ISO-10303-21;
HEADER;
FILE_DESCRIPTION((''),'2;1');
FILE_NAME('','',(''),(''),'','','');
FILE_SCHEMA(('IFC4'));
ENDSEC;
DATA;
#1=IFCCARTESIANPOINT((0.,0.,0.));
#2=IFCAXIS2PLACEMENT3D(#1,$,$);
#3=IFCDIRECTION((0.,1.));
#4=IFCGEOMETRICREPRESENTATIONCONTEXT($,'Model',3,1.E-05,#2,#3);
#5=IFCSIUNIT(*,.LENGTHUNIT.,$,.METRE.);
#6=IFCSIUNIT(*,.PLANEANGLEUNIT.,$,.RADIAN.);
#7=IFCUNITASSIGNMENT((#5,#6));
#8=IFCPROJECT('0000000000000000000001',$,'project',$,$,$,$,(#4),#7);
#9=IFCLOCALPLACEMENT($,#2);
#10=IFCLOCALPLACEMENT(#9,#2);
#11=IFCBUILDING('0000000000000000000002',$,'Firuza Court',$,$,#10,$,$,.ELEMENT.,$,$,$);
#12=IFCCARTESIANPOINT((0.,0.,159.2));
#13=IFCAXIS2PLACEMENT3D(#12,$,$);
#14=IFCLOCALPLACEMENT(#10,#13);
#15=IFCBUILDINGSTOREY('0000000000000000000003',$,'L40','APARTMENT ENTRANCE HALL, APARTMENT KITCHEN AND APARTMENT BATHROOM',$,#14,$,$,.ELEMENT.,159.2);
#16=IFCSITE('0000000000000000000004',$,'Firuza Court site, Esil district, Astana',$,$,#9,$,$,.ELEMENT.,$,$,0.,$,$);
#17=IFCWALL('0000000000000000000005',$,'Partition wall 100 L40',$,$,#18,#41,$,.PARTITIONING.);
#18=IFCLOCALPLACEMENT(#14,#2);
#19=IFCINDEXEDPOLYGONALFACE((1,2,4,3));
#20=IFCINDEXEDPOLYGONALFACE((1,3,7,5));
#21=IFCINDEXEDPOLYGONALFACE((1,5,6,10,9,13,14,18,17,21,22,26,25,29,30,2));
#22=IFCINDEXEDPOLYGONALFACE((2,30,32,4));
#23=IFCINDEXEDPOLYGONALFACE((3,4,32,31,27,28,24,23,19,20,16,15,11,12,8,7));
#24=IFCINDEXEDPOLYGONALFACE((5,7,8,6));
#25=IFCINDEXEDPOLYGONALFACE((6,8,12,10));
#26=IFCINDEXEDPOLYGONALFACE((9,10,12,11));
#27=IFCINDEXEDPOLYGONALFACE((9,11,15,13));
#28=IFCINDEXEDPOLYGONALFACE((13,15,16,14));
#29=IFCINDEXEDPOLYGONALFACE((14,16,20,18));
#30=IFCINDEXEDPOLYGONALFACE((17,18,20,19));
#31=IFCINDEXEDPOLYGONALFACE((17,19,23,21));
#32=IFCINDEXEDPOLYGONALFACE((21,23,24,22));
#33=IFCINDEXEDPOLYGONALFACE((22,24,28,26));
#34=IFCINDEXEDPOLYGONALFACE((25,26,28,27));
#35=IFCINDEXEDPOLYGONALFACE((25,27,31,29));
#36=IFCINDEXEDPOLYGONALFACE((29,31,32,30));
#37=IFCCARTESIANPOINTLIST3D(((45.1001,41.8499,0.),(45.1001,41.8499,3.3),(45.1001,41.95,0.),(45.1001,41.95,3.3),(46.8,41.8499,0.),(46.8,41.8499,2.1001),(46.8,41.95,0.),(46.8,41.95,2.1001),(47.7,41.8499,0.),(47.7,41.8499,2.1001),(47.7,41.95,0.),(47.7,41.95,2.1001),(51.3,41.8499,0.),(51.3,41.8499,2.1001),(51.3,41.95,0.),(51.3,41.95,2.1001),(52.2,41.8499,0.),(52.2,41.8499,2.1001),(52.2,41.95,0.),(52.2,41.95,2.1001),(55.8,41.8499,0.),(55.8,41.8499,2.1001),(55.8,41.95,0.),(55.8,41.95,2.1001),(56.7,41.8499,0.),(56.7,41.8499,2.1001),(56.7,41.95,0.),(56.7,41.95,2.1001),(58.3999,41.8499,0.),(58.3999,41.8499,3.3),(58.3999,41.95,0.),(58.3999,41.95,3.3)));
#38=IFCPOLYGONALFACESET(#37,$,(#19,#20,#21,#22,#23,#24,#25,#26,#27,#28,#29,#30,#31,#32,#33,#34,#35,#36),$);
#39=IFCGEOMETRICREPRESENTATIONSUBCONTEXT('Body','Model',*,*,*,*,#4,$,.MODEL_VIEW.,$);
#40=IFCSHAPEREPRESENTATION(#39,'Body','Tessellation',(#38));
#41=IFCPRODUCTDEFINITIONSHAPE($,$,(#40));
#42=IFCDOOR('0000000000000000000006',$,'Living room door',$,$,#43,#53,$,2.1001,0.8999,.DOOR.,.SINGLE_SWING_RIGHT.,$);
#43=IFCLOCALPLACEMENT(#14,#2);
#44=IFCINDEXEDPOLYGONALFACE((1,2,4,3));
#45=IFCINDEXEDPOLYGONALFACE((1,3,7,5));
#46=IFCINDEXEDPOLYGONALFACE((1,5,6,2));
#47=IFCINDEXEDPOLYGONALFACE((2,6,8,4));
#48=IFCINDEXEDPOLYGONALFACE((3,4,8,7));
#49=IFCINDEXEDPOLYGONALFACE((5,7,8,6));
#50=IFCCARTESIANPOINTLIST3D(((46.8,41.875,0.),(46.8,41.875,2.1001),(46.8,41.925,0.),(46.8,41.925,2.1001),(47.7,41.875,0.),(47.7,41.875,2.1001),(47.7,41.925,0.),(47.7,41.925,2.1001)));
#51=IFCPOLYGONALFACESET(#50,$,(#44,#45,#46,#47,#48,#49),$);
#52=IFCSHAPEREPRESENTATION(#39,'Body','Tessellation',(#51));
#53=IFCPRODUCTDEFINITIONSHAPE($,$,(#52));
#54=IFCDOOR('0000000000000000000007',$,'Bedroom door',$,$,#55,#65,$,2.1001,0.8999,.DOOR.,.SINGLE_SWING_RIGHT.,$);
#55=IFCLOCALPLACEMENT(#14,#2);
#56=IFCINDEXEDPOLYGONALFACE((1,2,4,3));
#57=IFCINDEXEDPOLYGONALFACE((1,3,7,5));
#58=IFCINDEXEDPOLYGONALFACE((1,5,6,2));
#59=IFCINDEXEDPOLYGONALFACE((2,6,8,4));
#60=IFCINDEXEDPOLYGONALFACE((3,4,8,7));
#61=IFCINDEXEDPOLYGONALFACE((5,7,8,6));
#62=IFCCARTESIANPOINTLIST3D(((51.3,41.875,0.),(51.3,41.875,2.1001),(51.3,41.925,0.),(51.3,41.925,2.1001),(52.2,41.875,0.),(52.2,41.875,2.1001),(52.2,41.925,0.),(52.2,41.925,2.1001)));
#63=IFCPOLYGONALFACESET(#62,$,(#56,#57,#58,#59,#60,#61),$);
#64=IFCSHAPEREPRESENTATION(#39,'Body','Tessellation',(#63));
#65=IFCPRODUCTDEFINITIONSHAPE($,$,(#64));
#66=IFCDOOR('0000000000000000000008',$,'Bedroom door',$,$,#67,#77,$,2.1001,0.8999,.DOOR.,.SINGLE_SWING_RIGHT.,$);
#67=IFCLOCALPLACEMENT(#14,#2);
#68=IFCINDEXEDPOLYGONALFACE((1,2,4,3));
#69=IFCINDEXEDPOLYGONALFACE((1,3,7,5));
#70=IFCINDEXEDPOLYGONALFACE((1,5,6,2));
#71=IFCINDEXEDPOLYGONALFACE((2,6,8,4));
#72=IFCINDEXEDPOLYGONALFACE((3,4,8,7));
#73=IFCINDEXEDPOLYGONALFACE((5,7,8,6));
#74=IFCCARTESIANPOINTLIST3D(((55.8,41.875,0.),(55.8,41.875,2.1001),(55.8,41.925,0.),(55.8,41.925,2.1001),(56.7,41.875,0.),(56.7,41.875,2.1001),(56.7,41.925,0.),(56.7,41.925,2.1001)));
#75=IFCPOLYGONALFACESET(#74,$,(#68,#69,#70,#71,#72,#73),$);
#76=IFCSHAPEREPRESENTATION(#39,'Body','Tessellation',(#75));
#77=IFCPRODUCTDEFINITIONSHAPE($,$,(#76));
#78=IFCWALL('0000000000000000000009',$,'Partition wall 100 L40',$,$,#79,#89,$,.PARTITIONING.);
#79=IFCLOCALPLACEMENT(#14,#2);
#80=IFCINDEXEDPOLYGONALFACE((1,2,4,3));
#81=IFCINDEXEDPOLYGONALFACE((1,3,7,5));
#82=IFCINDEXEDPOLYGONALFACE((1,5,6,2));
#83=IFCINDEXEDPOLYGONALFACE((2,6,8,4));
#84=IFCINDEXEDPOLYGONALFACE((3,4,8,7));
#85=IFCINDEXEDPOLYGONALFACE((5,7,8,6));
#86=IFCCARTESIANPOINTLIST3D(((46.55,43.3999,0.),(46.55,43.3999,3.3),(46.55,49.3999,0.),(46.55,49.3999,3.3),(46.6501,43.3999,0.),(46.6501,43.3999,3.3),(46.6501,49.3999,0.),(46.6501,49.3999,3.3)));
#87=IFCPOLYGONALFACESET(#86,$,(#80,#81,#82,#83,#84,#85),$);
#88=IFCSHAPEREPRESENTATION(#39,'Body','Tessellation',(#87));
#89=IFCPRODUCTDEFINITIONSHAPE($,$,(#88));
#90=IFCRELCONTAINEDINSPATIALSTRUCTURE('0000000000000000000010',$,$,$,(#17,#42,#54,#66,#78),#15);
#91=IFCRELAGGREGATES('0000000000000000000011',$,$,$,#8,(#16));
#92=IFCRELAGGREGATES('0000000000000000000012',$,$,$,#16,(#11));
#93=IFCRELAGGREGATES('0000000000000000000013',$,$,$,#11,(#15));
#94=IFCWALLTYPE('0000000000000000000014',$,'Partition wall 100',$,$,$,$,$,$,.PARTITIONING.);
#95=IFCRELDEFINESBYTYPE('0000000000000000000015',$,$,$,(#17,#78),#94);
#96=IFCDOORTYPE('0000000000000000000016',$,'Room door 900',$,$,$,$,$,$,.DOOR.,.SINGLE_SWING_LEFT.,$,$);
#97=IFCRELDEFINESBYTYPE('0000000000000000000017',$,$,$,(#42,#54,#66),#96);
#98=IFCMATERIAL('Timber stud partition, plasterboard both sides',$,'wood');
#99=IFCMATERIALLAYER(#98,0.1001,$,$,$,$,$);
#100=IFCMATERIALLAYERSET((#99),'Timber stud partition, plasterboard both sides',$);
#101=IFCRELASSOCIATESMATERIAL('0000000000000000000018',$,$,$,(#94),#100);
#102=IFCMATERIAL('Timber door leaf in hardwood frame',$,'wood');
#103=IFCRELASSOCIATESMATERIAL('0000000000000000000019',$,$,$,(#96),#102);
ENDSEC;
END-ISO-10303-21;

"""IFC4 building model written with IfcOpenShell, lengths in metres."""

from ifc_helpers import new_model, si_unit, direction, frame, frame_2d, origin, place, context, subcontext, project, spatial, rectangle, extrude, material, layer, layer_set, type_object, element, fill, save


model = new_model("IFC4")

# Units and contexts
model_context = context("Model", 3, precision=1e-05, world=origin(), true_north=direction((0.0, 1.0)))
body_context = subcontext(model_context, "Body", "Model", "MODEL_VIEW")
ifc_project = project(units=[si_unit("LENGTHUNIT", "METRE"), si_unit("PLANEANGLEUNIT", "RADIAN")], contexts=[model_context])

# Site, building, storey
site_placement = place(None, origin())
site = spatial("IfcSite", under=ifc_project, at=site_placement, Name="Firuza Court site, Esil district, Astana", CompositionType="ELEMENT", RefElevation=0.0)
building_placement = place(site_placement, origin())
building = spatial("IfcBuilding", under=site, at=building_placement, Name="Firuza Court", CompositionType="ELEMENT")
storey_placement = place(building_placement, frame((0.0, 0.0, 159.2)))
storey = spatial("IfcBuildingStorey", under=building, at=storey_placement, Name="L40", Description="APARTMENT ENTRANCE HALL, APARTMENT KITCHEN AND APARTMENT BATHROOM", CompositionType="ELEMENT", Elevation=159.2)

# Shared definitions
ifc_material_1 = material(Name="Timber stud partition, plasterboard both sides", Category="wood")
ifc_layer_1 = layer(ifc_material_1, 0.1001)
ifc_layer_set_1 = layer_set([ifc_layer_1], Name="Timber stud partition, plasterboard both sides")
wall_type_1 = type_object("IfcWallType", Name="Partition wall 100", PredefinedType="PARTITIONING", material=ifc_layer_set_1)

# Wall, openings, doors
wall_1_placement = place(storey_placement, frame((45.1001, 41.8999, 0.0), z_axis=(0.0, 0.0, 1.0), x_axis=(1.0, 0.0, 0.0)))
wall_1 = element("IfcWall", 1, at=wall_1_placement, inside=storey, type_object=wall_type_1, Name="Partition wall 100 L40", PredefinedType="PARTITIONING", context=body_context, shape_type="SweptSolid", body=[
    extrude(rectangle(XDim=13.2998, YDim=0.1001, at=frame_2d((6.6499, 0.0))), origin(), (0.0, 0.0, 1.0), 3.3),
])
opening_1_placement = place(wall_1_placement, frame((1.7, 0.0, 0.0)))
opening_1 = element("IfcOpeningElement", 2, at=opening_1_placement, cuts=wall_1, PredefinedType="OPENING", context=body_context, shape_type="SweptSolid", body=[
    extrude(rectangle(XDim=0.8999, YDim=2.1001, at=frame_2d((0.45, 1.05))), frame((0.0, 0.062, 0.0), z_axis=(0.0, -1.0, 0.0), x_axis=(1.0, 0.0, 0.0)), (0.0, 0.0, 1.0), 0.124),
])
opening_2_placement = place(wall_1_placement, frame((6.2, 0.0, 0.0)))
opening_2 = element("IfcOpeningElement", 3, at=opening_2_placement, cuts=wall_1, PredefinedType="OPENING", context=body_context, shape_type="SweptSolid", body=[
    extrude(rectangle(XDim=0.8999, YDim=2.1001, at=frame_2d((0.45, 1.05))), frame((0.0, 0.062, 0.0), z_axis=(0.0, -1.0, 0.0), x_axis=(1.0, 0.0, 0.0)), (0.0, 0.0, 1.0), 0.124),
])
opening_3_placement = place(wall_1_placement, frame((10.7, 0.0, 0.0)))
opening_3 = element("IfcOpeningElement", 4, at=opening_3_placement, cuts=wall_1, PredefinedType="OPENING", context=body_context, shape_type="SweptSolid", body=[
    extrude(rectangle(XDim=0.8999, YDim=2.1001, at=frame_2d((0.45, 1.05))), frame((0.0, 0.062, 0.0), z_axis=(0.0, -1.0, 0.0), x_axis=(1.0, 0.0, 0.0)), (0.0, 0.0, 1.0), 0.124),
])
ifc_material_2 = material(Name="Timber door leaf in hardwood frame", Category="wood")
door_type_1 = type_object("IfcDoorType", Name="Room door 900", OperationType="SINGLE_SWING_LEFT", PredefinedType="DOOR", material=ifc_material_2)
door_1_placement = place(opening_1_placement, frame((0.8999, 0.0, 0.0), z_axis=(0.0, 0.0, 1.0), x_axis=(-1.0, 0.0, 0.0)))
door_1 = element("IfcDoor", 5, at=door_1_placement, inside=storey, type_object=door_type_1, Name="Living room door", OperationType="SINGLE_SWING_RIGHT", OverallHeight=2.1001, OverallWidth=0.8999, PredefinedType="DOOR", context=body_context, shape_type="SweptSolid", body=[
    extrude(rectangle(XDim=0.8999, YDim=2.1001, at=frame_2d((0.45, 1.05))), frame((0.0, 0.0249, 0.0), z_axis=(0.0, -1.0, 0.0), x_axis=(1.0, 0.0, 0.0)), (0.0, 0.0, 1.0), 0.05),
])
fill(opening_1, door_1)
door_2_placement = place(opening_2_placement, frame((0.8999, 0.0, 0.0), z_axis=(0.0, 0.0, 1.0), x_axis=(-1.0, 0.0, 0.0)))
door_2 = element("IfcDoor", 6, at=door_2_placement, inside=storey, type_object=door_type_1, Name="Bedroom door", OperationType="SINGLE_SWING_RIGHT", OverallHeight=2.1001, OverallWidth=0.8999, PredefinedType="DOOR", context=body_context, shape_type="SweptSolid", body=[
    extrude(rectangle(XDim=0.8999, YDim=2.1001, at=frame_2d((0.45, 1.05))), frame((0.0, 0.0249, 0.0), z_axis=(0.0, -1.0, 0.0), x_axis=(1.0, 0.0, 0.0)), (0.0, 0.0, 1.0), 0.05),
])
fill(opening_2, door_2)
door_3_placement = place(opening_3_placement, frame((0.8999, 0.0, 0.0), z_axis=(0.0, 0.0, 1.0), x_axis=(-1.0, 0.0, 0.0)))
door_3 = element("IfcDoor", 7, at=door_3_placement, inside=storey, type_object=door_type_1, Name="Bedroom door", OperationType="SINGLE_SWING_RIGHT", OverallHeight=2.1001, OverallWidth=0.8999, PredefinedType="DOOR", context=body_context, shape_type="SweptSolid", body=[
    extrude(rectangle(XDim=0.8999, YDim=2.1001, at=frame_2d((0.45, 1.05))), frame((0.0, 0.0249, 0.0), z_axis=(0.0, -1.0, 0.0), x_axis=(1.0, 0.0, 0.0)), (0.0, 0.0, 1.0), 0.05),
])
fill(opening_3, door_3)

# Wall
wall_2_placement = place(storey_placement, frame((46.6001, 43.3999, 0.0), z_axis=(0.0, 0.0, 1.0), x_axis=(0.0, 1.0, 0.0)))
element("IfcWall", 8, at=wall_2_placement, inside=storey, type_object=wall_type_1, Name="Partition wall 100 L40", PredefinedType="PARTITIONING", context=body_context, shape_type="SweptSolid", body=[
    extrude(rectangle(XDim=6.0, YDim=0.1001, at=frame_2d((3.0, 0.0))), origin(), (0.0, 0.0, 1.0), 3.3),
])

save(model, "model.ifc")
